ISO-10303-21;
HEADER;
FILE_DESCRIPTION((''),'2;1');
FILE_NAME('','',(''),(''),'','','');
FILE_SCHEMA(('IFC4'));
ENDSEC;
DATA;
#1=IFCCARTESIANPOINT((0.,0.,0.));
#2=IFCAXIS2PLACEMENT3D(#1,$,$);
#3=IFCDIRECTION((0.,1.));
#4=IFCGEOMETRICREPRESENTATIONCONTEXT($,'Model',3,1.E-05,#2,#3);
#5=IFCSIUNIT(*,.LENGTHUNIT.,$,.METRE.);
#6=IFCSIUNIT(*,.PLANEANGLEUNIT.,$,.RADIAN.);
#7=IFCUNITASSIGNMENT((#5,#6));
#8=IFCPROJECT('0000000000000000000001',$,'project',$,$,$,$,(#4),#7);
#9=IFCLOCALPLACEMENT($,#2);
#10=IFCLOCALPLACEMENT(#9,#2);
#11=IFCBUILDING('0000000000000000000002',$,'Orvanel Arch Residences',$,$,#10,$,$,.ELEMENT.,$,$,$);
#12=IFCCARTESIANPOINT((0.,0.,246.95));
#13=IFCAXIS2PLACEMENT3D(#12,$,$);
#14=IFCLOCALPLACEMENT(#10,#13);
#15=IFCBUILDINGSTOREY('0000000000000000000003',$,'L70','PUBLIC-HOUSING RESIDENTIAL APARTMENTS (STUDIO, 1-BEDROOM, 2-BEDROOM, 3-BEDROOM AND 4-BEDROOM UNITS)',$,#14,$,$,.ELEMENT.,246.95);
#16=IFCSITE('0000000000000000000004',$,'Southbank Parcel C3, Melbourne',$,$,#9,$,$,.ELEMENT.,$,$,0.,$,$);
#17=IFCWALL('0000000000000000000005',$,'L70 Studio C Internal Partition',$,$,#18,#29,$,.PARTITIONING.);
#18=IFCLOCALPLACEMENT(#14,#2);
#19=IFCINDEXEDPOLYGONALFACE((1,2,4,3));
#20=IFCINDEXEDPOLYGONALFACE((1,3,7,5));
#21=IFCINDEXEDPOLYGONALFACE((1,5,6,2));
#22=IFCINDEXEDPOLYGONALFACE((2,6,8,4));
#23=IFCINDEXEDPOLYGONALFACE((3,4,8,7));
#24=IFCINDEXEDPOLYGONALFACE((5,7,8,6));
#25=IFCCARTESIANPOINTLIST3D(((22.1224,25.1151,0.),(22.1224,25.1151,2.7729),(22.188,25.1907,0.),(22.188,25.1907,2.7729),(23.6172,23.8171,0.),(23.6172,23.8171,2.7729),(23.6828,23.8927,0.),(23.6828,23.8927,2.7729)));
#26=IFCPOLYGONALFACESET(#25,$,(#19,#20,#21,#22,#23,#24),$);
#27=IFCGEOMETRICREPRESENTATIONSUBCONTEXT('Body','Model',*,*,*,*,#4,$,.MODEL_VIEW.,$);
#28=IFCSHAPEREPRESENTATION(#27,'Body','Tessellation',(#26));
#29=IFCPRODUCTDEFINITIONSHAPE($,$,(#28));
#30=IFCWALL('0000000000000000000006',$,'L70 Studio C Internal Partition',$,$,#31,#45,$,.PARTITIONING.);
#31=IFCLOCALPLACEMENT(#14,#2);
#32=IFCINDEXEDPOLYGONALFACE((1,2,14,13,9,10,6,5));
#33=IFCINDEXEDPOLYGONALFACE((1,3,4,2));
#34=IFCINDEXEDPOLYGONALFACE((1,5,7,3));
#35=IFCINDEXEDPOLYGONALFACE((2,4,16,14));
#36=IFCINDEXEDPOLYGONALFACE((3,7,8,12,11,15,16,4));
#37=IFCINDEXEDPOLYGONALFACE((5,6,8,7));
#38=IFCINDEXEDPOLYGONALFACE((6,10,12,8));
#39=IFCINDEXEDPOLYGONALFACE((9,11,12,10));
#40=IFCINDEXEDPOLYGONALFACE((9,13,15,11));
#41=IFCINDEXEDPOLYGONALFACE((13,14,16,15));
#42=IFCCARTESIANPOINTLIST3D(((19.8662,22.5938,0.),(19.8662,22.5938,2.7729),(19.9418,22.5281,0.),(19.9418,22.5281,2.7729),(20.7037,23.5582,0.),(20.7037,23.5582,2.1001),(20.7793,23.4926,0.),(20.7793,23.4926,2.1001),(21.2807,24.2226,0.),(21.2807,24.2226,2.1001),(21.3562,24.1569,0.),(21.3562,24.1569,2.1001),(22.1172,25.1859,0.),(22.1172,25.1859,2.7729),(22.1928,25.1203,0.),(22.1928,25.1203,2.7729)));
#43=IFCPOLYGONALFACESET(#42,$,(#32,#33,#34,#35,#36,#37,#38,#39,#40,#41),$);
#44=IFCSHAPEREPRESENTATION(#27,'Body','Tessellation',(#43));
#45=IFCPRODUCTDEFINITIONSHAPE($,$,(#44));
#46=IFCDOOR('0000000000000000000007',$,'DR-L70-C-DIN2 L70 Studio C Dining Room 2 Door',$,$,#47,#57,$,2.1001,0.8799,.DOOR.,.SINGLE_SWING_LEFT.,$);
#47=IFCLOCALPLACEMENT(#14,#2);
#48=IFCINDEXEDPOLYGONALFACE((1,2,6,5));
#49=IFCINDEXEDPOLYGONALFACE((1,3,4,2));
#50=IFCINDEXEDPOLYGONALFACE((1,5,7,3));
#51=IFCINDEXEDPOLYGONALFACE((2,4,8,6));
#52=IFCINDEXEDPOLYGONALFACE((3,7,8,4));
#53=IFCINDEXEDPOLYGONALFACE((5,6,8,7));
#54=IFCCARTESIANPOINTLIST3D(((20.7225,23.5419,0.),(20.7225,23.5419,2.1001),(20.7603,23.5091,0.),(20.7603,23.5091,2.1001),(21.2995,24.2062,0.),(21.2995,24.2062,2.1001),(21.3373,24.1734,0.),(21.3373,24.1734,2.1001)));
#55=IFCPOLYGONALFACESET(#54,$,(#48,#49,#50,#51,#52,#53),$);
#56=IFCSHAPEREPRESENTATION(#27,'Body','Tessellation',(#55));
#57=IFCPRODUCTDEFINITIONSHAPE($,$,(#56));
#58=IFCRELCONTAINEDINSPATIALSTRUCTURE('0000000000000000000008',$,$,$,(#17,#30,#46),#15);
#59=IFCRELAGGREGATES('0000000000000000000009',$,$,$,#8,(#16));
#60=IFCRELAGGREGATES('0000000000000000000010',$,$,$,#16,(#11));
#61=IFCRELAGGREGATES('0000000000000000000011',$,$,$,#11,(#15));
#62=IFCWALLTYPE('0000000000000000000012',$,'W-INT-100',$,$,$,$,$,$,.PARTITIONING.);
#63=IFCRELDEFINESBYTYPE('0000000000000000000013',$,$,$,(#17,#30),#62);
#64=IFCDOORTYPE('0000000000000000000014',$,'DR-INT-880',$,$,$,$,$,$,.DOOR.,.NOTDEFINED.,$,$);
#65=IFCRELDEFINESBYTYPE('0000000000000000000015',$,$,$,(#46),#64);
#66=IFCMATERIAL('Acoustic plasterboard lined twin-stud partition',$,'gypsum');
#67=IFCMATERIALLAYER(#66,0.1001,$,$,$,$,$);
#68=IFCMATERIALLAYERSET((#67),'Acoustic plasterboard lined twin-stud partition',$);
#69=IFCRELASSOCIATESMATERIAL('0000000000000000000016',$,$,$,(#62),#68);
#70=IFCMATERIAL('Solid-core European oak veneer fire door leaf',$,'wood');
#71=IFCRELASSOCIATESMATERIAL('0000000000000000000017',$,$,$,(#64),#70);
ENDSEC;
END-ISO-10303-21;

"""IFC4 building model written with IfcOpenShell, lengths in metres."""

from ifc_helpers import new_model, si_unit, direction, frame, frame_2d, origin, place, context, subcontext, project, spatial, rectangle, extrude, material, layer, layer_set, type_object, element, fill, save


model = new_model("IFC4")

# Units and contexts
model_context = context("Model", 3, precision=1e-05, world=origin(), true_north=direction((0.0, 1.0)))
body_context = subcontext(model_context, "Body", "Model", "MODEL_VIEW")
ifc_project = project(units=[si_unit("LENGTHUNIT", "METRE"), si_unit("PLANEANGLEUNIT", "RADIAN")], contexts=[model_context])

# Site, building, storey
site_placement = place(None, origin())
site = spatial("IfcSite", under=ifc_project, at=site_placement, Name="Southbank Parcel C3, Melbourne", CompositionType="ELEMENT", RefElevation=0.0)
building_placement = place(site_placement, origin())
building = spatial("IfcBuilding", under=site, at=building_placement, Name="Orvanel Arch Residences", CompositionType="ELEMENT")
storey_placement = place(building_placement, frame((0.0, 0.0, 246.95)))
storey = spatial("IfcBuildingStorey", under=building, at=storey_placement, Name="L70", Description="PUBLIC-HOUSING RESIDENTIAL APARTMENTS (STUDIO, 1-BEDROOM, 2-BEDROOM, 3-BEDROOM AND 4-BEDROOM UNITS)", CompositionType="ELEMENT", Elevation=246.95)

# Shared definitions
ifc_material_1 = material(Name="Solid-core European oak veneer fire door leaf", Category="wood")

# Wall
ifc_material_2 = material(Name="Acoustic plasterboard lined twin-stud partition", Category="gypsum")
ifc_layer_1 = layer(ifc_material_2, 0.1001)
ifc_layer_set_1 = layer_set([ifc_layer_1], Name="Acoustic plasterboard lined twin-stud partition")
wall_type_1 = type_object("IfcWallType", Name="W-INT-100", PredefinedType="PARTITIONING", material=ifc_layer_set_1)
wall_1_placement = place(storey_placement, frame((23.6499, 23.855, 0.0), z_axis=(0.0, 0.0, 1.0), x_axis=(-0.755054, 0.655663, 0.0)))
element("IfcWall", 1, at=wall_1_placement, inside=storey, type_object=wall_type_1, Name="L70 Studio C Internal Partition", PredefinedType="PARTITIONING", context=body_context, shape_type="SweptSolid", body=[
    extrude(rectangle(XDim=1.9797, YDim=0.1001, at=frame_2d((0.9897, 0.0))), origin(), (0.0, 0.0, 1.0), 2.7729),
])

# Wall, opening, door
wall_2_placement = place(storey_placement, frame((22.155, 25.1531, 0.0), z_axis=(0.0, 0.0, 1.0), x_axis=(-0.655686, -0.755034, 0.0)))
wall_2 = element("IfcWall", 2, at=wall_2_placement, inside=storey, type_object=wall_type_1, Name="L70 Studio C Internal Partition", PredefinedType="PARTITIONING", context=body_context, shape_type="SweptSolid", body=[
    extrude(rectangle(XDim=3.4331, YDim=0.1001, at=frame_2d((1.7166, 0.0))), origin(), (0.0, 0.0, 1.0), 2.7729),
])
opening_1_placement = place(wall_2_placement, frame((1.2759, 0.0, 0.0)))
opening_1 = element("IfcOpeningElement", 3, at=opening_1_placement, cuts=wall_2, PredefinedType="OPENING", context=body_context, shape_type="SweptSolid", body=[
    extrude(rectangle(XDim=0.8799, YDim=2.1001, at=frame_2d((0.4399, 1.05))), frame((0.0, 0.0601, 0.0), z_axis=(0.0, -1.0, 0.0), x_axis=(1.0, 0.0, 0.0)), (0.0, 0.0, 1.0), 0.1201),
])
door_type_1 = type_object("IfcDoorType", Name="DR-INT-880", OperationType="NOTDEFINED", PredefinedType="DOOR", material=ifc_material_1)
door_1_placement = place(opening_1_placement, origin())
door_1 = element("IfcDoor", 4, at=door_1_placement, inside=storey, type_object=door_type_1, Name="DR-L70-C-DIN2 L70 Studio C Dining Room 2 Door", OperationType="SINGLE_SWING_LEFT", OverallHeight=2.1001, OverallWidth=0.8799, PredefinedType="DOOR", context=body_context, shape_type="SweptSolid", body=[
    extrude(rectangle(XDim=0.8799, YDim=2.1001, at=frame_2d((0.4399, 1.05))), frame((0.0, 0.0249, 0.0), z_axis=(0.0, -1.0, 0.0), x_axis=(1.0, 0.0, 0.0)), (0.0, 0.0, 1.0), 0.05),
])
fill(opening_1, door_1)

save(model, "model.ifc")
